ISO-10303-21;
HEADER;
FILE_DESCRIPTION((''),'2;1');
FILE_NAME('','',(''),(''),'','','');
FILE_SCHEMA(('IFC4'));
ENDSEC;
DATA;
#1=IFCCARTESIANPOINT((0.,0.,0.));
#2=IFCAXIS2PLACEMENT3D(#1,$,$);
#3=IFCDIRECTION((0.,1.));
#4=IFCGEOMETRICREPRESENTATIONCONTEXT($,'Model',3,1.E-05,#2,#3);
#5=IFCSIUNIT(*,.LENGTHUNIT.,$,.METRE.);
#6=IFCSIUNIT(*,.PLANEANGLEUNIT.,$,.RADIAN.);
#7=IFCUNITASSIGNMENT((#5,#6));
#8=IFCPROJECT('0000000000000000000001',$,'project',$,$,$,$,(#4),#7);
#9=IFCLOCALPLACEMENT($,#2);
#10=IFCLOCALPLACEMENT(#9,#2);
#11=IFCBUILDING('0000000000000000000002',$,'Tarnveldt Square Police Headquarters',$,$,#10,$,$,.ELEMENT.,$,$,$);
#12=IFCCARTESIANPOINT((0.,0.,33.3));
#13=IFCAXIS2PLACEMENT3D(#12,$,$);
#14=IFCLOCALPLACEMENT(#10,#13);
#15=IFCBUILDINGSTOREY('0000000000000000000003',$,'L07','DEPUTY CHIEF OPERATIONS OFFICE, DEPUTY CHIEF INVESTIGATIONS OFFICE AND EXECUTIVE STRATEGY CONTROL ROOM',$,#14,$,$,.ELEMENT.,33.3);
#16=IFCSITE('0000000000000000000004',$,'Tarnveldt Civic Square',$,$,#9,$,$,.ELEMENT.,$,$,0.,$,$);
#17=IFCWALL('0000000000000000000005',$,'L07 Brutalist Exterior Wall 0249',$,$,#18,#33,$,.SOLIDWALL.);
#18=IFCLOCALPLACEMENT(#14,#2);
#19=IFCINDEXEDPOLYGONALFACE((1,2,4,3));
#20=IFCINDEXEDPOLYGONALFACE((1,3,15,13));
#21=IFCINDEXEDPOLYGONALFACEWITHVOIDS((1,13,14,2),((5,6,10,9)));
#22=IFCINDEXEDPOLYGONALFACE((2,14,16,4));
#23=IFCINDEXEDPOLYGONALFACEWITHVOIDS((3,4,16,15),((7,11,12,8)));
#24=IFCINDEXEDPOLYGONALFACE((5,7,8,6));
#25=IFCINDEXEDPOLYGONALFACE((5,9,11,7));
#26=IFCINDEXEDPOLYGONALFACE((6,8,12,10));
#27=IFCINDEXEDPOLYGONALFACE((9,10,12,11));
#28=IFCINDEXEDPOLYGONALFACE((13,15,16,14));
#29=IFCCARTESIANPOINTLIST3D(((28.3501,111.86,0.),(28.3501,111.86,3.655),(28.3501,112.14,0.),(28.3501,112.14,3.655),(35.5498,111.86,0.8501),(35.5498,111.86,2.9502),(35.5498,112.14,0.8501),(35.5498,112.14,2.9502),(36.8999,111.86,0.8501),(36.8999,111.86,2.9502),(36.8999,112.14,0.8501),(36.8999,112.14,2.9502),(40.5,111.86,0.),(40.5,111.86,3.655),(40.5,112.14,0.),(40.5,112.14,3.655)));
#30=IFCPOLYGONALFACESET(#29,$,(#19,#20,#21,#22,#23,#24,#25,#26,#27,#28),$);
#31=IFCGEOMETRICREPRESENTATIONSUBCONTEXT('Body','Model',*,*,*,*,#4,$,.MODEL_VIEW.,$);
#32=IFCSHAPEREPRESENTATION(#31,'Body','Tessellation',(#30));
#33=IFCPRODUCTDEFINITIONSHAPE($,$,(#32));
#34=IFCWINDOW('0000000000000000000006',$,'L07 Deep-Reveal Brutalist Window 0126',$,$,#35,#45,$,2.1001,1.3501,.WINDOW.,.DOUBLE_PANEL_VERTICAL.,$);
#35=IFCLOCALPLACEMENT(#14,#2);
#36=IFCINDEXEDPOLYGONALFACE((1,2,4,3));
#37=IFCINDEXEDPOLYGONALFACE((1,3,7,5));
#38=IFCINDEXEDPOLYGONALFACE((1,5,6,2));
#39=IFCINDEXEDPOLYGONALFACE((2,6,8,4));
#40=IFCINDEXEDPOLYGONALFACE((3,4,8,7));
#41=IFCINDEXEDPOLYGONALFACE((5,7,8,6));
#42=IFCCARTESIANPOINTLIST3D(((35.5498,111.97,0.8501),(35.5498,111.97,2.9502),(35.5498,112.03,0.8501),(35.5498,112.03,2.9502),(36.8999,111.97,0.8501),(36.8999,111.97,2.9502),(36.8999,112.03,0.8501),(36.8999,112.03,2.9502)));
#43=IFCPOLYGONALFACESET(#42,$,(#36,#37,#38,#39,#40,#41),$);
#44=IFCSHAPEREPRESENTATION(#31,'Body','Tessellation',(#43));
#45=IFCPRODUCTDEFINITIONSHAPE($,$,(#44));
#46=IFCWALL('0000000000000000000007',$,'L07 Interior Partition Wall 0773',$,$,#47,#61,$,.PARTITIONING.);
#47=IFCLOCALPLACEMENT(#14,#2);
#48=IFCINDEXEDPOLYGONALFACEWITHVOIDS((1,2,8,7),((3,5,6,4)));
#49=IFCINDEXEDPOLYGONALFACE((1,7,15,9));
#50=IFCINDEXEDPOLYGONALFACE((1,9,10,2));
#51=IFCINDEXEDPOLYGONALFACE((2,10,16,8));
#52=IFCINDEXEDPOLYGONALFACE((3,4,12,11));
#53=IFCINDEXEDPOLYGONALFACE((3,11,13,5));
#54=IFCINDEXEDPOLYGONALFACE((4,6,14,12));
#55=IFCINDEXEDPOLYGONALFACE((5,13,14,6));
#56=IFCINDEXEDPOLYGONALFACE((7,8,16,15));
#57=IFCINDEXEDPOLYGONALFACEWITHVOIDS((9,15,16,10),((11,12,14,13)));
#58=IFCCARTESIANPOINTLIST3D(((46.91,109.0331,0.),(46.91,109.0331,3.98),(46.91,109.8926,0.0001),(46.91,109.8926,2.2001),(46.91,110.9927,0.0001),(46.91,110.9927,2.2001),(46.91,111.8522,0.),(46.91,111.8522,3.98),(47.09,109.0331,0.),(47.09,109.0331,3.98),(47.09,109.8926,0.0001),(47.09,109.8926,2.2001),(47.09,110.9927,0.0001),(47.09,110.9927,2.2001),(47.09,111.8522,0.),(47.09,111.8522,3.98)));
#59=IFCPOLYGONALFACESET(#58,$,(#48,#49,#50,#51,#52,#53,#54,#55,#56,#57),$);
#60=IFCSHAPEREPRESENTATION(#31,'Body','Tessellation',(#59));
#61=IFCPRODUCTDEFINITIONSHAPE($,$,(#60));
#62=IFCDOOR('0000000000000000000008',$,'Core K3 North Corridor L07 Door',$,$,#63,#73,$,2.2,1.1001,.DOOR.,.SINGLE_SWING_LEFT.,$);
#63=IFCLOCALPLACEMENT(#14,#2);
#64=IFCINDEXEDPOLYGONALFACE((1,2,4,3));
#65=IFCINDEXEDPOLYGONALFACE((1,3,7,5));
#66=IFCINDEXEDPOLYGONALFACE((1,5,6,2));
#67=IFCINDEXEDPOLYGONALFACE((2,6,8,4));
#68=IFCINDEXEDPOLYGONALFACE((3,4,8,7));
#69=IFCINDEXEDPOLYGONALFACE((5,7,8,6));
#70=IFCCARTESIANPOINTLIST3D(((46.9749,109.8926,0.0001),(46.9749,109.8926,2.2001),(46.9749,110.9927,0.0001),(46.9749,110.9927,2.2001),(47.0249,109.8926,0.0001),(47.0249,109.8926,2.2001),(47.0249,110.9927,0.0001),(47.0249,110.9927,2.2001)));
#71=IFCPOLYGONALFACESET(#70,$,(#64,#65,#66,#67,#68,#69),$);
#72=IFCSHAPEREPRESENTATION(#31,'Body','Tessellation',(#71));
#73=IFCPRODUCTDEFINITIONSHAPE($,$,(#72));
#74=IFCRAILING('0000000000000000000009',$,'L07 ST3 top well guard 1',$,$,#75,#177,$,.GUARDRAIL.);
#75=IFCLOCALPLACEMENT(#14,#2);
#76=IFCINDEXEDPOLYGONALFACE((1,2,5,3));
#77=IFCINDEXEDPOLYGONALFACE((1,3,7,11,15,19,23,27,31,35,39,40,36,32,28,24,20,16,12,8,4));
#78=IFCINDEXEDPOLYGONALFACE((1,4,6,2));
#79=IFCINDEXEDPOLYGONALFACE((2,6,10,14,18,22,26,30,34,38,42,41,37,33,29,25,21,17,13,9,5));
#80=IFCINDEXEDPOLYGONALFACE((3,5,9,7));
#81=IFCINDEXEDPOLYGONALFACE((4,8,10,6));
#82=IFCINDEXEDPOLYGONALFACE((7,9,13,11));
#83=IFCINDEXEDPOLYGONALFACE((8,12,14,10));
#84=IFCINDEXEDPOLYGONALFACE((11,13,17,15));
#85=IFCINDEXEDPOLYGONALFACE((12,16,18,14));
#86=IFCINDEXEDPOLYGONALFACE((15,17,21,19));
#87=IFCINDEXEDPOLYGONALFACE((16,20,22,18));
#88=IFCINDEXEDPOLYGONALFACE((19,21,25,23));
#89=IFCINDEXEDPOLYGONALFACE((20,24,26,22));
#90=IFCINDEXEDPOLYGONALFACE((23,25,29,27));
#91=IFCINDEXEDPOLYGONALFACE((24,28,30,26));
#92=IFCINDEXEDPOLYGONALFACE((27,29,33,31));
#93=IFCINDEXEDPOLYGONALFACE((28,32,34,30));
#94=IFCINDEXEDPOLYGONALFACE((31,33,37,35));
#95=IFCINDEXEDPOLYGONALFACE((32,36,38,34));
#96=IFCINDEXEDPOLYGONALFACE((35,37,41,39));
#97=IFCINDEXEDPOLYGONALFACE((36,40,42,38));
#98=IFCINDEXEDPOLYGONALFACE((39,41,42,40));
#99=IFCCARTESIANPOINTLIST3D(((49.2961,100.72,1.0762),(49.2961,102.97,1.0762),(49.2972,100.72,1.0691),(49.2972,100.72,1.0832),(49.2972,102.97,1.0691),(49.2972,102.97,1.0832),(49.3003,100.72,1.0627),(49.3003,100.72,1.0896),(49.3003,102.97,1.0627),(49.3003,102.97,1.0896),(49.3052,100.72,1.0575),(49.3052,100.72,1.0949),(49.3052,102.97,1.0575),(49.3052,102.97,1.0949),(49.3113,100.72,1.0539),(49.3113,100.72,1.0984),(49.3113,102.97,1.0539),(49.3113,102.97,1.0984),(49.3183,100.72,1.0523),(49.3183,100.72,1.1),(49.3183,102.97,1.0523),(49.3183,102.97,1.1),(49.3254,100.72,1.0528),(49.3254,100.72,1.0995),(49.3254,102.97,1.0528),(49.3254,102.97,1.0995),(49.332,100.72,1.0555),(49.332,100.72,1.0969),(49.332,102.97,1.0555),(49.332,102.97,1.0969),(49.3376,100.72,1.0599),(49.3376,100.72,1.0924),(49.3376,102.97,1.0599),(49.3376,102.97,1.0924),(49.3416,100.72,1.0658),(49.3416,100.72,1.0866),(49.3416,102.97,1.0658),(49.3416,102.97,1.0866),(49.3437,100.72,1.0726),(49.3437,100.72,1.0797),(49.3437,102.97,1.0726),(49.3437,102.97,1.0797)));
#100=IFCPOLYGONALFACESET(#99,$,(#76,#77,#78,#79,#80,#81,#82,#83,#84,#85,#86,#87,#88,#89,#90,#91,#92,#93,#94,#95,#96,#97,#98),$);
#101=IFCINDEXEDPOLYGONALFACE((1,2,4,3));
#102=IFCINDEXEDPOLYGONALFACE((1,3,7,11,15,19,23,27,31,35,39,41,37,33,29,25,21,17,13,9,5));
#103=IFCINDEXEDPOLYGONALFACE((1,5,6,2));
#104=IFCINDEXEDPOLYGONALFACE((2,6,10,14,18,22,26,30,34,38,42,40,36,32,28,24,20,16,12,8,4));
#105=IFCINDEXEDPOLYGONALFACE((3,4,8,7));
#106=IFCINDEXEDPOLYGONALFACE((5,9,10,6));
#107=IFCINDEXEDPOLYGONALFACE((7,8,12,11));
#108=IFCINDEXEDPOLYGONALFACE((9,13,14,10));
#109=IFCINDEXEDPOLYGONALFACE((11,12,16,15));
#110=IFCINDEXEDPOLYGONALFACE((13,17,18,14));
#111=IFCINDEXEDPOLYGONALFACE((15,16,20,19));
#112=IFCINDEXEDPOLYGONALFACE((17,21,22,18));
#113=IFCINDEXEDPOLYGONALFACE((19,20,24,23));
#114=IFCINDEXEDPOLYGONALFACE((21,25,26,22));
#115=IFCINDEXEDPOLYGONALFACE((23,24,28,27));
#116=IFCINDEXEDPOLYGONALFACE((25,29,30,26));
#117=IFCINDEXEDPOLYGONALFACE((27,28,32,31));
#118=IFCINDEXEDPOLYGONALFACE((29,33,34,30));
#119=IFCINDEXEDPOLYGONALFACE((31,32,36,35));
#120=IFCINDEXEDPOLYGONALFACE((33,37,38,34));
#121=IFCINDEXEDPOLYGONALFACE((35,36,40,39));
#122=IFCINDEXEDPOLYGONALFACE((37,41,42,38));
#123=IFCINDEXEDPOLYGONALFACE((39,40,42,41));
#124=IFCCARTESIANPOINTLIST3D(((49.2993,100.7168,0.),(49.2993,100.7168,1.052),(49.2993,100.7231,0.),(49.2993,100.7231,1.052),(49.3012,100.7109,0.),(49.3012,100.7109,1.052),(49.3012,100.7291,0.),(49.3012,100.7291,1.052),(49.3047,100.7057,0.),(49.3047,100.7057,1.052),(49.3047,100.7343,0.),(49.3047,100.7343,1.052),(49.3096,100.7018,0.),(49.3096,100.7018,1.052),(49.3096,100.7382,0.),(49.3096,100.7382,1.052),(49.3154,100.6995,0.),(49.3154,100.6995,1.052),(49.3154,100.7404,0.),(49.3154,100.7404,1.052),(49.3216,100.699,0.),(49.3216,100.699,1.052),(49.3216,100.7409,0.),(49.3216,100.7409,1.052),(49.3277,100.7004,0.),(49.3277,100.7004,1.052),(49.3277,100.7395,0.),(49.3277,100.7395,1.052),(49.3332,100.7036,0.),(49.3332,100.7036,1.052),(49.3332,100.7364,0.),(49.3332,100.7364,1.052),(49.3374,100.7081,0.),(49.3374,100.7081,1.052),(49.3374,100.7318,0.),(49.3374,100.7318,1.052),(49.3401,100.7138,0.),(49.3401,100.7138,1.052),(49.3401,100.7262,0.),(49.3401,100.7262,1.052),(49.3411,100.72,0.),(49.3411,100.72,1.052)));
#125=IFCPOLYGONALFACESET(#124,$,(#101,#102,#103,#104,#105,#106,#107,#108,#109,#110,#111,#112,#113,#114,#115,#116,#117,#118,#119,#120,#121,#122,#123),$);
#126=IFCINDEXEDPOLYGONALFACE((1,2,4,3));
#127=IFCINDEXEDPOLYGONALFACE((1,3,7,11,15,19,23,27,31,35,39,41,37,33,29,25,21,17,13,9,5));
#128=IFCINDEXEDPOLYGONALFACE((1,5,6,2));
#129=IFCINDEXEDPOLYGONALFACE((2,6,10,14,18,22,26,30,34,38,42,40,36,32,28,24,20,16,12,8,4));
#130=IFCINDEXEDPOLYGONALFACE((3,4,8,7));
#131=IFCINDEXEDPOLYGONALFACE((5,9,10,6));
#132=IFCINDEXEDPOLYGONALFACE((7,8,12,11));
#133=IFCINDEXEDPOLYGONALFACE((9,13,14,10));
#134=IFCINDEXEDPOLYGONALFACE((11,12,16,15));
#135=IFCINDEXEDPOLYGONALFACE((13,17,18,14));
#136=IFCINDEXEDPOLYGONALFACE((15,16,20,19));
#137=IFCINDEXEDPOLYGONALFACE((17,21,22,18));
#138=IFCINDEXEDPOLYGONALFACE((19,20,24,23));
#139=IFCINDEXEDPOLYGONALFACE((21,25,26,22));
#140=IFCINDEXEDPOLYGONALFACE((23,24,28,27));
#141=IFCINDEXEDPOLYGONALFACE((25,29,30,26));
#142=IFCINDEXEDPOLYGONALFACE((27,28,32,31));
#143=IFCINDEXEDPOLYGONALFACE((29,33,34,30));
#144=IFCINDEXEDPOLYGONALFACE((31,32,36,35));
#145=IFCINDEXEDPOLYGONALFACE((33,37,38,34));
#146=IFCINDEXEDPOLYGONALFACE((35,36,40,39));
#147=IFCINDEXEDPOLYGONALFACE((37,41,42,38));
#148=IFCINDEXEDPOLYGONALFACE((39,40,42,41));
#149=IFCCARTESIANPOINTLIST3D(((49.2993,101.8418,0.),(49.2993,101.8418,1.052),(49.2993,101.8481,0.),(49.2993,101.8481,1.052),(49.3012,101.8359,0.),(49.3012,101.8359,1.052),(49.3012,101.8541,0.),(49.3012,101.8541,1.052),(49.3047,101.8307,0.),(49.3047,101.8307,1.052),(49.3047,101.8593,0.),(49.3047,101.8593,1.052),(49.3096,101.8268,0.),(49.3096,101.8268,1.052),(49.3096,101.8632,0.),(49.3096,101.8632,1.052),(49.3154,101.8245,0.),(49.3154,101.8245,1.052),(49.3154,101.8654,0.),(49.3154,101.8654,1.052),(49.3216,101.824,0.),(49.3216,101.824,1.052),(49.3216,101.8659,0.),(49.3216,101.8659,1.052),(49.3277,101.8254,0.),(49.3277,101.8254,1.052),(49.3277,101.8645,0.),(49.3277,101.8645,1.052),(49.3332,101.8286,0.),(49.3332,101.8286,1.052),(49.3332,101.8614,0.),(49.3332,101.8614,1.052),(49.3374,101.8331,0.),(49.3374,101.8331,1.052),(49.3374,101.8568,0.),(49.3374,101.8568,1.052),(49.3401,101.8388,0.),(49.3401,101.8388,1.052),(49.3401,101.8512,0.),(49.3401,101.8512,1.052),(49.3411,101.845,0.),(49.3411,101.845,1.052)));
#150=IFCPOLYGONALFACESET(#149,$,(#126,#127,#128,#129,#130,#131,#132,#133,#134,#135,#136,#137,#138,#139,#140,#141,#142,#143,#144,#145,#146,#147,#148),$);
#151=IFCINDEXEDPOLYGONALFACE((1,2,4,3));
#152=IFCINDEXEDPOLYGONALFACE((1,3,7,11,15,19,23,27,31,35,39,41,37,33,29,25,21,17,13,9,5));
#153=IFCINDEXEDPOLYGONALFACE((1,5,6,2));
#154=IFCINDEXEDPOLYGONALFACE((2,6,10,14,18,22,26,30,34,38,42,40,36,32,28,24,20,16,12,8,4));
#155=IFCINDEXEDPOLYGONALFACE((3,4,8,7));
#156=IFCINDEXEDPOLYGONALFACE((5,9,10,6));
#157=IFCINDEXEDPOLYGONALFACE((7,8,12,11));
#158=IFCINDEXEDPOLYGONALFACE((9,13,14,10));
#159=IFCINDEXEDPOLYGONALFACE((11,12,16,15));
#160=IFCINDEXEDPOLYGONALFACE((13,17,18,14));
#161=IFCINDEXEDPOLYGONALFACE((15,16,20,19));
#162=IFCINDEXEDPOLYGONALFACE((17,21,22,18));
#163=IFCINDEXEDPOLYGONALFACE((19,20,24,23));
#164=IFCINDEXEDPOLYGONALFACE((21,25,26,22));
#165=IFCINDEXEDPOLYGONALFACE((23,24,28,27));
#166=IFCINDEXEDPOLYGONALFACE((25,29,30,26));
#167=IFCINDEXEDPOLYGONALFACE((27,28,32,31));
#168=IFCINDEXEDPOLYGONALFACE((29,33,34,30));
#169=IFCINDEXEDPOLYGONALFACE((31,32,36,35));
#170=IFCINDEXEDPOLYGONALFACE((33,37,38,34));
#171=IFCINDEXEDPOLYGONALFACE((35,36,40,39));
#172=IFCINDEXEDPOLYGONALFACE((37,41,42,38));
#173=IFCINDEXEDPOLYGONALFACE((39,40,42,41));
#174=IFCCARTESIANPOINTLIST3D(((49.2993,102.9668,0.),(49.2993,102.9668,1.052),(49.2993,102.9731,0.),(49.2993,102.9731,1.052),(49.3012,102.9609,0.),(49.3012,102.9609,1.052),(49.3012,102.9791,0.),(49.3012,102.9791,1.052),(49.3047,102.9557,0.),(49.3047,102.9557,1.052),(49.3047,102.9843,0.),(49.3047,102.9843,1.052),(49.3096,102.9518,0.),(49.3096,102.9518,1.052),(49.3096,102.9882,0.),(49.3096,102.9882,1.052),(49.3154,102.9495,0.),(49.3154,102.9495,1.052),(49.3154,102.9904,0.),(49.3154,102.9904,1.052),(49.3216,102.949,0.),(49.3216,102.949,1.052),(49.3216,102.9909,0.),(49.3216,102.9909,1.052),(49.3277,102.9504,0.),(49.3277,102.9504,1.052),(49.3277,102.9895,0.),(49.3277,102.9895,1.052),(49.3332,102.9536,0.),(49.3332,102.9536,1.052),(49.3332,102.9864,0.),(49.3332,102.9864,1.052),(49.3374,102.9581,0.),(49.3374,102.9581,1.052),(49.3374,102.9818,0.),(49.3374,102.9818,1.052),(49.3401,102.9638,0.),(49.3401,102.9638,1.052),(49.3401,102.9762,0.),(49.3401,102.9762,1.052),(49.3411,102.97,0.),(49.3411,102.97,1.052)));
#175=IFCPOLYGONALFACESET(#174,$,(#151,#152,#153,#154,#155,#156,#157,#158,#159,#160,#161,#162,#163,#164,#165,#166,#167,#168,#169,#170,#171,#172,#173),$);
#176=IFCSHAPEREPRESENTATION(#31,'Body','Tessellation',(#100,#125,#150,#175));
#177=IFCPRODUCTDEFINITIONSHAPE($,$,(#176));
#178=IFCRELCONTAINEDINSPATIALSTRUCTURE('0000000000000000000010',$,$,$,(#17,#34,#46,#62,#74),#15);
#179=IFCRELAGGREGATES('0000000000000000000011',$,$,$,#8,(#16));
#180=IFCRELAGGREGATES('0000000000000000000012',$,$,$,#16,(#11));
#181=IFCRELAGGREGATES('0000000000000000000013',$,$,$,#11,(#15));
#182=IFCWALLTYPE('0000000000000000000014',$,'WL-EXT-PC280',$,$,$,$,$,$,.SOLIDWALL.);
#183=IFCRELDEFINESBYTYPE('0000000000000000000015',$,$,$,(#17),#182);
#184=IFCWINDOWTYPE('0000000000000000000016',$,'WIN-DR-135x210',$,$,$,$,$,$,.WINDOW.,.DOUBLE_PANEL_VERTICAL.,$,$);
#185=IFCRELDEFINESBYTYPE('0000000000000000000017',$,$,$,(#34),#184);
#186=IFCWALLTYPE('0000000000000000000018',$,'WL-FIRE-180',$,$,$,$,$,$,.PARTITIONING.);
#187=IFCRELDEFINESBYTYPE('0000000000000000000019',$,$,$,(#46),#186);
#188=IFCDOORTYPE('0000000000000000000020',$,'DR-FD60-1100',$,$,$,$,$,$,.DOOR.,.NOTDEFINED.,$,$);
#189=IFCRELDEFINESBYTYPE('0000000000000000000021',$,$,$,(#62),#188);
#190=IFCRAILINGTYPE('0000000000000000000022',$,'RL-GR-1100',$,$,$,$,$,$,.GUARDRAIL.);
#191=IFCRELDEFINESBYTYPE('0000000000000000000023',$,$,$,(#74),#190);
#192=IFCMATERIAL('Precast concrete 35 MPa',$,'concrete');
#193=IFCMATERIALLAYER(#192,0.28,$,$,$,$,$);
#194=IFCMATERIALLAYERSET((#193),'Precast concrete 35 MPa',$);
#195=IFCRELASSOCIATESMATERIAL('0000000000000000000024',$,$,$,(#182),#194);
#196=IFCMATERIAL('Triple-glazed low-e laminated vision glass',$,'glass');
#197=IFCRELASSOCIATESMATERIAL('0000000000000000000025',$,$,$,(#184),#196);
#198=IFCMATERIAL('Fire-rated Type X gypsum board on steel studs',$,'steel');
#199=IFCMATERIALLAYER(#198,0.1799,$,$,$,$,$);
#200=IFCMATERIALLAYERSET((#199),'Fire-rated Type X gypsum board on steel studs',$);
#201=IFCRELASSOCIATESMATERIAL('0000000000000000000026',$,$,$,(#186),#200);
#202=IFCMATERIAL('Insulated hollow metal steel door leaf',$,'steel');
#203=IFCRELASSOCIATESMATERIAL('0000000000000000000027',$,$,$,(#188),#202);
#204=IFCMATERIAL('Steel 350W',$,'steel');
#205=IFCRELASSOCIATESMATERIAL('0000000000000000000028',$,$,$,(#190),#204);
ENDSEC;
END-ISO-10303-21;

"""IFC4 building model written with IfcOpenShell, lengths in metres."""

from ifc_helpers import new_model, si_unit, direction, frame, frame_2d, origin, origin_2d, place, context, subcontext, project, spatial, rectangle, circle, extrude, material, layer, layer_set, type_object, element, fill, save


model = new_model("IFC4")

# Units and contexts
model_context = context("Model", 3, precision=1e-05, world=origin(), true_north=direction((0.0, 1.0)))
body_context = subcontext(model_context, "Body", "Model", "MODEL_VIEW")
ifc_project = project(units=[si_unit("LENGTHUNIT", "METRE"), si_unit("PLANEANGLEUNIT", "RADIAN")], contexts=[model_context])

# Site, building, storey
site_placement = place(None, origin())
site = spatial("IfcSite", under=ifc_project, at=site_placement, Name="Tarnveldt Civic Square", CompositionType="ELEMENT", RefElevation=0.0)
building_placement = place(site_placement, origin())
building = spatial("IfcBuilding", under=site, at=building_placement, Name="Tarnveldt Square Police Headquarters", CompositionType="ELEMENT")
storey_placement = place(building_placement, frame((0.0, 0.0, 33.3)))
storey = spatial("IfcBuildingStorey", under=building, at=storey_placement, Name="L07", Description="DEPUTY CHIEF OPERATIONS OFFICE, DEPUTY CHIEF INVESTIGATIONS OFFICE AND EXECUTIVE STRATEGY CONTROL ROOM", CompositionType="ELEMENT", Elevation=33.3)

# Shared definitions
ifc_material_1 = material(Name="Steel 350W", Category="steel")

# Shared definitions
ifc_material_2 = material(Name="Precast concrete 35 MPa", Category="concrete")

# Wall, opening, window
ifc_layer_1 = layer(ifc_material_2, 0.28)
ifc_layer_set_1 = layer_set([ifc_layer_1], Name="Precast concrete 35 MPa")
wall_type_1 = type_object("IfcWallType", Name="WL-EXT-PC280", PredefinedType="SOLIDWALL", material=ifc_layer_set_1)
wall_1_placement = place(storey_placement, frame((40.5, 112.0, 0.0), z_axis=(0.0, 0.0, 1.0), x_axis=(-1.0, 0.0, 0.0)))
wall_1 = element("IfcWall", 1, at=wall_1_placement, inside=storey, type_object=wall_type_1, Name="L07 Brutalist Exterior Wall 0249", PredefinedType="SOLIDWALL", context=body_context, shape_type="SweptSolid", body=[
    extrude(rectangle(XDim=12.1499, YDim=0.28, at=frame_2d((6.075, 0.0))), origin(), (0.0, 0.0, 1.0), 3.655),
])
opening_1_placement = place(wall_1_placement, frame((3.6001, 0.0, 0.8501)))
opening_1 = element("IfcOpeningElement", 2, at=opening_1_placement, cuts=wall_1, PredefinedType="OPENING", context=body_context, shape_type="SweptSolid", body=[
    extrude(rectangle(XDim=1.3501, YDim=2.1001, at=frame_2d((0.675, 1.05))), frame((0.0, 0.1499, 0.0), z_axis=(0.0, -1.0, 0.0), x_axis=(1.0, 0.0, 0.0)), (0.0, 0.0, 1.0), 0.3),
])
ifc_material_3 = material(Name="Triple-glazed low-e laminated vision glass", Category="glass")
window_type = type_object("IfcWindowType", Name="WIN-DR-135x210", PartitioningType="DOUBLE_PANEL_VERTICAL", PredefinedType="WINDOW", material=ifc_material_3)
window_placement = place(opening_1_placement, origin())
window = element("IfcWindow", 3, at=window_placement, inside=storey, type_object=window_type, Name="L07 Deep-Reveal Brutalist Window 0126", OverallHeight=2.1001, OverallWidth=1.3501, PartitioningType="DOUBLE_PANEL_VERTICAL", PredefinedType="WINDOW", context=body_context, shape_type="SweptSolid", body=[
    extrude(rectangle(XDim=1.3501, YDim=2.1001, at=frame_2d((0.675, 1.05))), frame((0.0, 0.03, 0.0), z_axis=(0.0, -1.0, 0.0), x_axis=(1.0, 0.0, 0.0)), (0.0, 0.0, 1.0), 0.0601),
])
fill(opening_1, window)

# Wall, opening, door
ifc_material_4 = material(Name="Fire-rated Type X gypsum board on steel studs", Category="steel")
ifc_layer_2 = layer(ifc_material_4, 0.1799)
ifc_layer_set_2 = layer_set([ifc_layer_2], Name="Fire-rated Type X gypsum board on steel studs")
wall_type_2 = type_object("IfcWallType", Name="WL-FIRE-180", PredefinedType="PARTITIONING", material=ifc_layer_set_2)
wall_2_placement = place(storey_placement, frame((47.0, 109.033, 0.0), z_axis=(0.0, 0.0, 1.0), x_axis=(0.0, 1.0, 0.0)))
wall_2 = element("IfcWall", 4, at=wall_2_placement, inside=storey, type_object=wall_type_2, Name="L07 Interior Partition Wall 0773", PredefinedType="PARTITIONING", context=body_context, shape_type="SweptSolid", body=[
    extrude(rectangle(XDim=2.8191, YDim=0.1799, at=frame_2d((1.4097, 0.0))), origin(), (0.0, 0.0, 1.0), 3.98),
])
opening_2_placement = place(wall_2_placement, frame((0.8596, 0.0, 0.0)))
opening_2 = element("IfcOpeningElement", 5, at=opening_2_placement, cuts=wall_2, PredefinedType="OPENING", context=body_context, shape_type="SweptSolid", body=[
    extrude(rectangle(XDim=1.1001, YDim=2.2, at=frame_2d((0.55, 1.1001))), frame((0.0, 0.0999, 0.0), z_axis=(0.0, -1.0, 0.0), x_axis=(1.0, 0.0, 0.0)), (0.0, 0.0, 1.0), 0.2),
])
ifc_material_5 = material(Name="Insulated hollow metal steel door leaf", Category="steel")
door_type = type_object("IfcDoorType", Name="DR-FD60-1100", OperationType="NOTDEFINED", PredefinedType="DOOR", material=ifc_material_5)
door_placement = place(opening_2_placement, frame((1.1001, 0.0, 0.0), z_axis=(0.0, 0.0, 1.0), x_axis=(-1.0, 0.0, 0.0)))
door = element("IfcDoor", 6, at=door_placement, inside=storey, type_object=door_type, Name="Core K3 North Corridor L07 Door", OperationType="SINGLE_SWING_LEFT", OverallHeight=2.2, OverallWidth=1.1001, PredefinedType="DOOR", context=body_context, shape_type="SweptSolid", body=[
    extrude(rectangle(XDim=1.1001, YDim=2.2, at=frame_2d((0.55, 1.1001))), frame((0.0, 0.0249, 0.0), z_axis=(0.0, -1.0, 0.0), x_axis=(1.0, 0.0, 0.0)), (0.0, 0.0, 1.0), 0.05),
])
fill(opening_2, door)

# Railing
railing_type = type_object("IfcRailingType", Name="RL-GR-1100", PredefinedType="GUARDRAIL", material=ifc_material_1)
railing_1_placement = place(storey_placement, frame((49.3201, 100.72, 0.0)))
element("IfcRailing", 7, at=railing_1_placement, inside=storey, type_object=railing_type, Name="L07 ST3 top well guard 1", PredefinedType="GUARDRAIL", context=body_context, shape_type="SweptSolid", body=[
    extrude(circle(Radius=0.0239, at=origin_2d()), frame((0.0, 0.0, 1.0762), z_axis=(0.0, 1.0, 0.0), x_axis=(-1.0, 0.0, 0.0)), (0.0, 0.0, 1.0), 2.25),
    extrude(circle(Radius=0.021, at=origin_2d()), origin(), (0.0, 0.0, 1.0), 1.052),
    extrude(circle(Radius=0.021, at=origin_2d()), frame((0.0, 1.125, 0.0)), (0.0, 0.0, 1.0), 1.052),
    extrude(circle(Radius=0.021, at=origin_2d()), frame((0.0, 2.25, 0.0)), (0.0, 0.0, 1.0), 1.052),
])

save(model, "model.ifc")
